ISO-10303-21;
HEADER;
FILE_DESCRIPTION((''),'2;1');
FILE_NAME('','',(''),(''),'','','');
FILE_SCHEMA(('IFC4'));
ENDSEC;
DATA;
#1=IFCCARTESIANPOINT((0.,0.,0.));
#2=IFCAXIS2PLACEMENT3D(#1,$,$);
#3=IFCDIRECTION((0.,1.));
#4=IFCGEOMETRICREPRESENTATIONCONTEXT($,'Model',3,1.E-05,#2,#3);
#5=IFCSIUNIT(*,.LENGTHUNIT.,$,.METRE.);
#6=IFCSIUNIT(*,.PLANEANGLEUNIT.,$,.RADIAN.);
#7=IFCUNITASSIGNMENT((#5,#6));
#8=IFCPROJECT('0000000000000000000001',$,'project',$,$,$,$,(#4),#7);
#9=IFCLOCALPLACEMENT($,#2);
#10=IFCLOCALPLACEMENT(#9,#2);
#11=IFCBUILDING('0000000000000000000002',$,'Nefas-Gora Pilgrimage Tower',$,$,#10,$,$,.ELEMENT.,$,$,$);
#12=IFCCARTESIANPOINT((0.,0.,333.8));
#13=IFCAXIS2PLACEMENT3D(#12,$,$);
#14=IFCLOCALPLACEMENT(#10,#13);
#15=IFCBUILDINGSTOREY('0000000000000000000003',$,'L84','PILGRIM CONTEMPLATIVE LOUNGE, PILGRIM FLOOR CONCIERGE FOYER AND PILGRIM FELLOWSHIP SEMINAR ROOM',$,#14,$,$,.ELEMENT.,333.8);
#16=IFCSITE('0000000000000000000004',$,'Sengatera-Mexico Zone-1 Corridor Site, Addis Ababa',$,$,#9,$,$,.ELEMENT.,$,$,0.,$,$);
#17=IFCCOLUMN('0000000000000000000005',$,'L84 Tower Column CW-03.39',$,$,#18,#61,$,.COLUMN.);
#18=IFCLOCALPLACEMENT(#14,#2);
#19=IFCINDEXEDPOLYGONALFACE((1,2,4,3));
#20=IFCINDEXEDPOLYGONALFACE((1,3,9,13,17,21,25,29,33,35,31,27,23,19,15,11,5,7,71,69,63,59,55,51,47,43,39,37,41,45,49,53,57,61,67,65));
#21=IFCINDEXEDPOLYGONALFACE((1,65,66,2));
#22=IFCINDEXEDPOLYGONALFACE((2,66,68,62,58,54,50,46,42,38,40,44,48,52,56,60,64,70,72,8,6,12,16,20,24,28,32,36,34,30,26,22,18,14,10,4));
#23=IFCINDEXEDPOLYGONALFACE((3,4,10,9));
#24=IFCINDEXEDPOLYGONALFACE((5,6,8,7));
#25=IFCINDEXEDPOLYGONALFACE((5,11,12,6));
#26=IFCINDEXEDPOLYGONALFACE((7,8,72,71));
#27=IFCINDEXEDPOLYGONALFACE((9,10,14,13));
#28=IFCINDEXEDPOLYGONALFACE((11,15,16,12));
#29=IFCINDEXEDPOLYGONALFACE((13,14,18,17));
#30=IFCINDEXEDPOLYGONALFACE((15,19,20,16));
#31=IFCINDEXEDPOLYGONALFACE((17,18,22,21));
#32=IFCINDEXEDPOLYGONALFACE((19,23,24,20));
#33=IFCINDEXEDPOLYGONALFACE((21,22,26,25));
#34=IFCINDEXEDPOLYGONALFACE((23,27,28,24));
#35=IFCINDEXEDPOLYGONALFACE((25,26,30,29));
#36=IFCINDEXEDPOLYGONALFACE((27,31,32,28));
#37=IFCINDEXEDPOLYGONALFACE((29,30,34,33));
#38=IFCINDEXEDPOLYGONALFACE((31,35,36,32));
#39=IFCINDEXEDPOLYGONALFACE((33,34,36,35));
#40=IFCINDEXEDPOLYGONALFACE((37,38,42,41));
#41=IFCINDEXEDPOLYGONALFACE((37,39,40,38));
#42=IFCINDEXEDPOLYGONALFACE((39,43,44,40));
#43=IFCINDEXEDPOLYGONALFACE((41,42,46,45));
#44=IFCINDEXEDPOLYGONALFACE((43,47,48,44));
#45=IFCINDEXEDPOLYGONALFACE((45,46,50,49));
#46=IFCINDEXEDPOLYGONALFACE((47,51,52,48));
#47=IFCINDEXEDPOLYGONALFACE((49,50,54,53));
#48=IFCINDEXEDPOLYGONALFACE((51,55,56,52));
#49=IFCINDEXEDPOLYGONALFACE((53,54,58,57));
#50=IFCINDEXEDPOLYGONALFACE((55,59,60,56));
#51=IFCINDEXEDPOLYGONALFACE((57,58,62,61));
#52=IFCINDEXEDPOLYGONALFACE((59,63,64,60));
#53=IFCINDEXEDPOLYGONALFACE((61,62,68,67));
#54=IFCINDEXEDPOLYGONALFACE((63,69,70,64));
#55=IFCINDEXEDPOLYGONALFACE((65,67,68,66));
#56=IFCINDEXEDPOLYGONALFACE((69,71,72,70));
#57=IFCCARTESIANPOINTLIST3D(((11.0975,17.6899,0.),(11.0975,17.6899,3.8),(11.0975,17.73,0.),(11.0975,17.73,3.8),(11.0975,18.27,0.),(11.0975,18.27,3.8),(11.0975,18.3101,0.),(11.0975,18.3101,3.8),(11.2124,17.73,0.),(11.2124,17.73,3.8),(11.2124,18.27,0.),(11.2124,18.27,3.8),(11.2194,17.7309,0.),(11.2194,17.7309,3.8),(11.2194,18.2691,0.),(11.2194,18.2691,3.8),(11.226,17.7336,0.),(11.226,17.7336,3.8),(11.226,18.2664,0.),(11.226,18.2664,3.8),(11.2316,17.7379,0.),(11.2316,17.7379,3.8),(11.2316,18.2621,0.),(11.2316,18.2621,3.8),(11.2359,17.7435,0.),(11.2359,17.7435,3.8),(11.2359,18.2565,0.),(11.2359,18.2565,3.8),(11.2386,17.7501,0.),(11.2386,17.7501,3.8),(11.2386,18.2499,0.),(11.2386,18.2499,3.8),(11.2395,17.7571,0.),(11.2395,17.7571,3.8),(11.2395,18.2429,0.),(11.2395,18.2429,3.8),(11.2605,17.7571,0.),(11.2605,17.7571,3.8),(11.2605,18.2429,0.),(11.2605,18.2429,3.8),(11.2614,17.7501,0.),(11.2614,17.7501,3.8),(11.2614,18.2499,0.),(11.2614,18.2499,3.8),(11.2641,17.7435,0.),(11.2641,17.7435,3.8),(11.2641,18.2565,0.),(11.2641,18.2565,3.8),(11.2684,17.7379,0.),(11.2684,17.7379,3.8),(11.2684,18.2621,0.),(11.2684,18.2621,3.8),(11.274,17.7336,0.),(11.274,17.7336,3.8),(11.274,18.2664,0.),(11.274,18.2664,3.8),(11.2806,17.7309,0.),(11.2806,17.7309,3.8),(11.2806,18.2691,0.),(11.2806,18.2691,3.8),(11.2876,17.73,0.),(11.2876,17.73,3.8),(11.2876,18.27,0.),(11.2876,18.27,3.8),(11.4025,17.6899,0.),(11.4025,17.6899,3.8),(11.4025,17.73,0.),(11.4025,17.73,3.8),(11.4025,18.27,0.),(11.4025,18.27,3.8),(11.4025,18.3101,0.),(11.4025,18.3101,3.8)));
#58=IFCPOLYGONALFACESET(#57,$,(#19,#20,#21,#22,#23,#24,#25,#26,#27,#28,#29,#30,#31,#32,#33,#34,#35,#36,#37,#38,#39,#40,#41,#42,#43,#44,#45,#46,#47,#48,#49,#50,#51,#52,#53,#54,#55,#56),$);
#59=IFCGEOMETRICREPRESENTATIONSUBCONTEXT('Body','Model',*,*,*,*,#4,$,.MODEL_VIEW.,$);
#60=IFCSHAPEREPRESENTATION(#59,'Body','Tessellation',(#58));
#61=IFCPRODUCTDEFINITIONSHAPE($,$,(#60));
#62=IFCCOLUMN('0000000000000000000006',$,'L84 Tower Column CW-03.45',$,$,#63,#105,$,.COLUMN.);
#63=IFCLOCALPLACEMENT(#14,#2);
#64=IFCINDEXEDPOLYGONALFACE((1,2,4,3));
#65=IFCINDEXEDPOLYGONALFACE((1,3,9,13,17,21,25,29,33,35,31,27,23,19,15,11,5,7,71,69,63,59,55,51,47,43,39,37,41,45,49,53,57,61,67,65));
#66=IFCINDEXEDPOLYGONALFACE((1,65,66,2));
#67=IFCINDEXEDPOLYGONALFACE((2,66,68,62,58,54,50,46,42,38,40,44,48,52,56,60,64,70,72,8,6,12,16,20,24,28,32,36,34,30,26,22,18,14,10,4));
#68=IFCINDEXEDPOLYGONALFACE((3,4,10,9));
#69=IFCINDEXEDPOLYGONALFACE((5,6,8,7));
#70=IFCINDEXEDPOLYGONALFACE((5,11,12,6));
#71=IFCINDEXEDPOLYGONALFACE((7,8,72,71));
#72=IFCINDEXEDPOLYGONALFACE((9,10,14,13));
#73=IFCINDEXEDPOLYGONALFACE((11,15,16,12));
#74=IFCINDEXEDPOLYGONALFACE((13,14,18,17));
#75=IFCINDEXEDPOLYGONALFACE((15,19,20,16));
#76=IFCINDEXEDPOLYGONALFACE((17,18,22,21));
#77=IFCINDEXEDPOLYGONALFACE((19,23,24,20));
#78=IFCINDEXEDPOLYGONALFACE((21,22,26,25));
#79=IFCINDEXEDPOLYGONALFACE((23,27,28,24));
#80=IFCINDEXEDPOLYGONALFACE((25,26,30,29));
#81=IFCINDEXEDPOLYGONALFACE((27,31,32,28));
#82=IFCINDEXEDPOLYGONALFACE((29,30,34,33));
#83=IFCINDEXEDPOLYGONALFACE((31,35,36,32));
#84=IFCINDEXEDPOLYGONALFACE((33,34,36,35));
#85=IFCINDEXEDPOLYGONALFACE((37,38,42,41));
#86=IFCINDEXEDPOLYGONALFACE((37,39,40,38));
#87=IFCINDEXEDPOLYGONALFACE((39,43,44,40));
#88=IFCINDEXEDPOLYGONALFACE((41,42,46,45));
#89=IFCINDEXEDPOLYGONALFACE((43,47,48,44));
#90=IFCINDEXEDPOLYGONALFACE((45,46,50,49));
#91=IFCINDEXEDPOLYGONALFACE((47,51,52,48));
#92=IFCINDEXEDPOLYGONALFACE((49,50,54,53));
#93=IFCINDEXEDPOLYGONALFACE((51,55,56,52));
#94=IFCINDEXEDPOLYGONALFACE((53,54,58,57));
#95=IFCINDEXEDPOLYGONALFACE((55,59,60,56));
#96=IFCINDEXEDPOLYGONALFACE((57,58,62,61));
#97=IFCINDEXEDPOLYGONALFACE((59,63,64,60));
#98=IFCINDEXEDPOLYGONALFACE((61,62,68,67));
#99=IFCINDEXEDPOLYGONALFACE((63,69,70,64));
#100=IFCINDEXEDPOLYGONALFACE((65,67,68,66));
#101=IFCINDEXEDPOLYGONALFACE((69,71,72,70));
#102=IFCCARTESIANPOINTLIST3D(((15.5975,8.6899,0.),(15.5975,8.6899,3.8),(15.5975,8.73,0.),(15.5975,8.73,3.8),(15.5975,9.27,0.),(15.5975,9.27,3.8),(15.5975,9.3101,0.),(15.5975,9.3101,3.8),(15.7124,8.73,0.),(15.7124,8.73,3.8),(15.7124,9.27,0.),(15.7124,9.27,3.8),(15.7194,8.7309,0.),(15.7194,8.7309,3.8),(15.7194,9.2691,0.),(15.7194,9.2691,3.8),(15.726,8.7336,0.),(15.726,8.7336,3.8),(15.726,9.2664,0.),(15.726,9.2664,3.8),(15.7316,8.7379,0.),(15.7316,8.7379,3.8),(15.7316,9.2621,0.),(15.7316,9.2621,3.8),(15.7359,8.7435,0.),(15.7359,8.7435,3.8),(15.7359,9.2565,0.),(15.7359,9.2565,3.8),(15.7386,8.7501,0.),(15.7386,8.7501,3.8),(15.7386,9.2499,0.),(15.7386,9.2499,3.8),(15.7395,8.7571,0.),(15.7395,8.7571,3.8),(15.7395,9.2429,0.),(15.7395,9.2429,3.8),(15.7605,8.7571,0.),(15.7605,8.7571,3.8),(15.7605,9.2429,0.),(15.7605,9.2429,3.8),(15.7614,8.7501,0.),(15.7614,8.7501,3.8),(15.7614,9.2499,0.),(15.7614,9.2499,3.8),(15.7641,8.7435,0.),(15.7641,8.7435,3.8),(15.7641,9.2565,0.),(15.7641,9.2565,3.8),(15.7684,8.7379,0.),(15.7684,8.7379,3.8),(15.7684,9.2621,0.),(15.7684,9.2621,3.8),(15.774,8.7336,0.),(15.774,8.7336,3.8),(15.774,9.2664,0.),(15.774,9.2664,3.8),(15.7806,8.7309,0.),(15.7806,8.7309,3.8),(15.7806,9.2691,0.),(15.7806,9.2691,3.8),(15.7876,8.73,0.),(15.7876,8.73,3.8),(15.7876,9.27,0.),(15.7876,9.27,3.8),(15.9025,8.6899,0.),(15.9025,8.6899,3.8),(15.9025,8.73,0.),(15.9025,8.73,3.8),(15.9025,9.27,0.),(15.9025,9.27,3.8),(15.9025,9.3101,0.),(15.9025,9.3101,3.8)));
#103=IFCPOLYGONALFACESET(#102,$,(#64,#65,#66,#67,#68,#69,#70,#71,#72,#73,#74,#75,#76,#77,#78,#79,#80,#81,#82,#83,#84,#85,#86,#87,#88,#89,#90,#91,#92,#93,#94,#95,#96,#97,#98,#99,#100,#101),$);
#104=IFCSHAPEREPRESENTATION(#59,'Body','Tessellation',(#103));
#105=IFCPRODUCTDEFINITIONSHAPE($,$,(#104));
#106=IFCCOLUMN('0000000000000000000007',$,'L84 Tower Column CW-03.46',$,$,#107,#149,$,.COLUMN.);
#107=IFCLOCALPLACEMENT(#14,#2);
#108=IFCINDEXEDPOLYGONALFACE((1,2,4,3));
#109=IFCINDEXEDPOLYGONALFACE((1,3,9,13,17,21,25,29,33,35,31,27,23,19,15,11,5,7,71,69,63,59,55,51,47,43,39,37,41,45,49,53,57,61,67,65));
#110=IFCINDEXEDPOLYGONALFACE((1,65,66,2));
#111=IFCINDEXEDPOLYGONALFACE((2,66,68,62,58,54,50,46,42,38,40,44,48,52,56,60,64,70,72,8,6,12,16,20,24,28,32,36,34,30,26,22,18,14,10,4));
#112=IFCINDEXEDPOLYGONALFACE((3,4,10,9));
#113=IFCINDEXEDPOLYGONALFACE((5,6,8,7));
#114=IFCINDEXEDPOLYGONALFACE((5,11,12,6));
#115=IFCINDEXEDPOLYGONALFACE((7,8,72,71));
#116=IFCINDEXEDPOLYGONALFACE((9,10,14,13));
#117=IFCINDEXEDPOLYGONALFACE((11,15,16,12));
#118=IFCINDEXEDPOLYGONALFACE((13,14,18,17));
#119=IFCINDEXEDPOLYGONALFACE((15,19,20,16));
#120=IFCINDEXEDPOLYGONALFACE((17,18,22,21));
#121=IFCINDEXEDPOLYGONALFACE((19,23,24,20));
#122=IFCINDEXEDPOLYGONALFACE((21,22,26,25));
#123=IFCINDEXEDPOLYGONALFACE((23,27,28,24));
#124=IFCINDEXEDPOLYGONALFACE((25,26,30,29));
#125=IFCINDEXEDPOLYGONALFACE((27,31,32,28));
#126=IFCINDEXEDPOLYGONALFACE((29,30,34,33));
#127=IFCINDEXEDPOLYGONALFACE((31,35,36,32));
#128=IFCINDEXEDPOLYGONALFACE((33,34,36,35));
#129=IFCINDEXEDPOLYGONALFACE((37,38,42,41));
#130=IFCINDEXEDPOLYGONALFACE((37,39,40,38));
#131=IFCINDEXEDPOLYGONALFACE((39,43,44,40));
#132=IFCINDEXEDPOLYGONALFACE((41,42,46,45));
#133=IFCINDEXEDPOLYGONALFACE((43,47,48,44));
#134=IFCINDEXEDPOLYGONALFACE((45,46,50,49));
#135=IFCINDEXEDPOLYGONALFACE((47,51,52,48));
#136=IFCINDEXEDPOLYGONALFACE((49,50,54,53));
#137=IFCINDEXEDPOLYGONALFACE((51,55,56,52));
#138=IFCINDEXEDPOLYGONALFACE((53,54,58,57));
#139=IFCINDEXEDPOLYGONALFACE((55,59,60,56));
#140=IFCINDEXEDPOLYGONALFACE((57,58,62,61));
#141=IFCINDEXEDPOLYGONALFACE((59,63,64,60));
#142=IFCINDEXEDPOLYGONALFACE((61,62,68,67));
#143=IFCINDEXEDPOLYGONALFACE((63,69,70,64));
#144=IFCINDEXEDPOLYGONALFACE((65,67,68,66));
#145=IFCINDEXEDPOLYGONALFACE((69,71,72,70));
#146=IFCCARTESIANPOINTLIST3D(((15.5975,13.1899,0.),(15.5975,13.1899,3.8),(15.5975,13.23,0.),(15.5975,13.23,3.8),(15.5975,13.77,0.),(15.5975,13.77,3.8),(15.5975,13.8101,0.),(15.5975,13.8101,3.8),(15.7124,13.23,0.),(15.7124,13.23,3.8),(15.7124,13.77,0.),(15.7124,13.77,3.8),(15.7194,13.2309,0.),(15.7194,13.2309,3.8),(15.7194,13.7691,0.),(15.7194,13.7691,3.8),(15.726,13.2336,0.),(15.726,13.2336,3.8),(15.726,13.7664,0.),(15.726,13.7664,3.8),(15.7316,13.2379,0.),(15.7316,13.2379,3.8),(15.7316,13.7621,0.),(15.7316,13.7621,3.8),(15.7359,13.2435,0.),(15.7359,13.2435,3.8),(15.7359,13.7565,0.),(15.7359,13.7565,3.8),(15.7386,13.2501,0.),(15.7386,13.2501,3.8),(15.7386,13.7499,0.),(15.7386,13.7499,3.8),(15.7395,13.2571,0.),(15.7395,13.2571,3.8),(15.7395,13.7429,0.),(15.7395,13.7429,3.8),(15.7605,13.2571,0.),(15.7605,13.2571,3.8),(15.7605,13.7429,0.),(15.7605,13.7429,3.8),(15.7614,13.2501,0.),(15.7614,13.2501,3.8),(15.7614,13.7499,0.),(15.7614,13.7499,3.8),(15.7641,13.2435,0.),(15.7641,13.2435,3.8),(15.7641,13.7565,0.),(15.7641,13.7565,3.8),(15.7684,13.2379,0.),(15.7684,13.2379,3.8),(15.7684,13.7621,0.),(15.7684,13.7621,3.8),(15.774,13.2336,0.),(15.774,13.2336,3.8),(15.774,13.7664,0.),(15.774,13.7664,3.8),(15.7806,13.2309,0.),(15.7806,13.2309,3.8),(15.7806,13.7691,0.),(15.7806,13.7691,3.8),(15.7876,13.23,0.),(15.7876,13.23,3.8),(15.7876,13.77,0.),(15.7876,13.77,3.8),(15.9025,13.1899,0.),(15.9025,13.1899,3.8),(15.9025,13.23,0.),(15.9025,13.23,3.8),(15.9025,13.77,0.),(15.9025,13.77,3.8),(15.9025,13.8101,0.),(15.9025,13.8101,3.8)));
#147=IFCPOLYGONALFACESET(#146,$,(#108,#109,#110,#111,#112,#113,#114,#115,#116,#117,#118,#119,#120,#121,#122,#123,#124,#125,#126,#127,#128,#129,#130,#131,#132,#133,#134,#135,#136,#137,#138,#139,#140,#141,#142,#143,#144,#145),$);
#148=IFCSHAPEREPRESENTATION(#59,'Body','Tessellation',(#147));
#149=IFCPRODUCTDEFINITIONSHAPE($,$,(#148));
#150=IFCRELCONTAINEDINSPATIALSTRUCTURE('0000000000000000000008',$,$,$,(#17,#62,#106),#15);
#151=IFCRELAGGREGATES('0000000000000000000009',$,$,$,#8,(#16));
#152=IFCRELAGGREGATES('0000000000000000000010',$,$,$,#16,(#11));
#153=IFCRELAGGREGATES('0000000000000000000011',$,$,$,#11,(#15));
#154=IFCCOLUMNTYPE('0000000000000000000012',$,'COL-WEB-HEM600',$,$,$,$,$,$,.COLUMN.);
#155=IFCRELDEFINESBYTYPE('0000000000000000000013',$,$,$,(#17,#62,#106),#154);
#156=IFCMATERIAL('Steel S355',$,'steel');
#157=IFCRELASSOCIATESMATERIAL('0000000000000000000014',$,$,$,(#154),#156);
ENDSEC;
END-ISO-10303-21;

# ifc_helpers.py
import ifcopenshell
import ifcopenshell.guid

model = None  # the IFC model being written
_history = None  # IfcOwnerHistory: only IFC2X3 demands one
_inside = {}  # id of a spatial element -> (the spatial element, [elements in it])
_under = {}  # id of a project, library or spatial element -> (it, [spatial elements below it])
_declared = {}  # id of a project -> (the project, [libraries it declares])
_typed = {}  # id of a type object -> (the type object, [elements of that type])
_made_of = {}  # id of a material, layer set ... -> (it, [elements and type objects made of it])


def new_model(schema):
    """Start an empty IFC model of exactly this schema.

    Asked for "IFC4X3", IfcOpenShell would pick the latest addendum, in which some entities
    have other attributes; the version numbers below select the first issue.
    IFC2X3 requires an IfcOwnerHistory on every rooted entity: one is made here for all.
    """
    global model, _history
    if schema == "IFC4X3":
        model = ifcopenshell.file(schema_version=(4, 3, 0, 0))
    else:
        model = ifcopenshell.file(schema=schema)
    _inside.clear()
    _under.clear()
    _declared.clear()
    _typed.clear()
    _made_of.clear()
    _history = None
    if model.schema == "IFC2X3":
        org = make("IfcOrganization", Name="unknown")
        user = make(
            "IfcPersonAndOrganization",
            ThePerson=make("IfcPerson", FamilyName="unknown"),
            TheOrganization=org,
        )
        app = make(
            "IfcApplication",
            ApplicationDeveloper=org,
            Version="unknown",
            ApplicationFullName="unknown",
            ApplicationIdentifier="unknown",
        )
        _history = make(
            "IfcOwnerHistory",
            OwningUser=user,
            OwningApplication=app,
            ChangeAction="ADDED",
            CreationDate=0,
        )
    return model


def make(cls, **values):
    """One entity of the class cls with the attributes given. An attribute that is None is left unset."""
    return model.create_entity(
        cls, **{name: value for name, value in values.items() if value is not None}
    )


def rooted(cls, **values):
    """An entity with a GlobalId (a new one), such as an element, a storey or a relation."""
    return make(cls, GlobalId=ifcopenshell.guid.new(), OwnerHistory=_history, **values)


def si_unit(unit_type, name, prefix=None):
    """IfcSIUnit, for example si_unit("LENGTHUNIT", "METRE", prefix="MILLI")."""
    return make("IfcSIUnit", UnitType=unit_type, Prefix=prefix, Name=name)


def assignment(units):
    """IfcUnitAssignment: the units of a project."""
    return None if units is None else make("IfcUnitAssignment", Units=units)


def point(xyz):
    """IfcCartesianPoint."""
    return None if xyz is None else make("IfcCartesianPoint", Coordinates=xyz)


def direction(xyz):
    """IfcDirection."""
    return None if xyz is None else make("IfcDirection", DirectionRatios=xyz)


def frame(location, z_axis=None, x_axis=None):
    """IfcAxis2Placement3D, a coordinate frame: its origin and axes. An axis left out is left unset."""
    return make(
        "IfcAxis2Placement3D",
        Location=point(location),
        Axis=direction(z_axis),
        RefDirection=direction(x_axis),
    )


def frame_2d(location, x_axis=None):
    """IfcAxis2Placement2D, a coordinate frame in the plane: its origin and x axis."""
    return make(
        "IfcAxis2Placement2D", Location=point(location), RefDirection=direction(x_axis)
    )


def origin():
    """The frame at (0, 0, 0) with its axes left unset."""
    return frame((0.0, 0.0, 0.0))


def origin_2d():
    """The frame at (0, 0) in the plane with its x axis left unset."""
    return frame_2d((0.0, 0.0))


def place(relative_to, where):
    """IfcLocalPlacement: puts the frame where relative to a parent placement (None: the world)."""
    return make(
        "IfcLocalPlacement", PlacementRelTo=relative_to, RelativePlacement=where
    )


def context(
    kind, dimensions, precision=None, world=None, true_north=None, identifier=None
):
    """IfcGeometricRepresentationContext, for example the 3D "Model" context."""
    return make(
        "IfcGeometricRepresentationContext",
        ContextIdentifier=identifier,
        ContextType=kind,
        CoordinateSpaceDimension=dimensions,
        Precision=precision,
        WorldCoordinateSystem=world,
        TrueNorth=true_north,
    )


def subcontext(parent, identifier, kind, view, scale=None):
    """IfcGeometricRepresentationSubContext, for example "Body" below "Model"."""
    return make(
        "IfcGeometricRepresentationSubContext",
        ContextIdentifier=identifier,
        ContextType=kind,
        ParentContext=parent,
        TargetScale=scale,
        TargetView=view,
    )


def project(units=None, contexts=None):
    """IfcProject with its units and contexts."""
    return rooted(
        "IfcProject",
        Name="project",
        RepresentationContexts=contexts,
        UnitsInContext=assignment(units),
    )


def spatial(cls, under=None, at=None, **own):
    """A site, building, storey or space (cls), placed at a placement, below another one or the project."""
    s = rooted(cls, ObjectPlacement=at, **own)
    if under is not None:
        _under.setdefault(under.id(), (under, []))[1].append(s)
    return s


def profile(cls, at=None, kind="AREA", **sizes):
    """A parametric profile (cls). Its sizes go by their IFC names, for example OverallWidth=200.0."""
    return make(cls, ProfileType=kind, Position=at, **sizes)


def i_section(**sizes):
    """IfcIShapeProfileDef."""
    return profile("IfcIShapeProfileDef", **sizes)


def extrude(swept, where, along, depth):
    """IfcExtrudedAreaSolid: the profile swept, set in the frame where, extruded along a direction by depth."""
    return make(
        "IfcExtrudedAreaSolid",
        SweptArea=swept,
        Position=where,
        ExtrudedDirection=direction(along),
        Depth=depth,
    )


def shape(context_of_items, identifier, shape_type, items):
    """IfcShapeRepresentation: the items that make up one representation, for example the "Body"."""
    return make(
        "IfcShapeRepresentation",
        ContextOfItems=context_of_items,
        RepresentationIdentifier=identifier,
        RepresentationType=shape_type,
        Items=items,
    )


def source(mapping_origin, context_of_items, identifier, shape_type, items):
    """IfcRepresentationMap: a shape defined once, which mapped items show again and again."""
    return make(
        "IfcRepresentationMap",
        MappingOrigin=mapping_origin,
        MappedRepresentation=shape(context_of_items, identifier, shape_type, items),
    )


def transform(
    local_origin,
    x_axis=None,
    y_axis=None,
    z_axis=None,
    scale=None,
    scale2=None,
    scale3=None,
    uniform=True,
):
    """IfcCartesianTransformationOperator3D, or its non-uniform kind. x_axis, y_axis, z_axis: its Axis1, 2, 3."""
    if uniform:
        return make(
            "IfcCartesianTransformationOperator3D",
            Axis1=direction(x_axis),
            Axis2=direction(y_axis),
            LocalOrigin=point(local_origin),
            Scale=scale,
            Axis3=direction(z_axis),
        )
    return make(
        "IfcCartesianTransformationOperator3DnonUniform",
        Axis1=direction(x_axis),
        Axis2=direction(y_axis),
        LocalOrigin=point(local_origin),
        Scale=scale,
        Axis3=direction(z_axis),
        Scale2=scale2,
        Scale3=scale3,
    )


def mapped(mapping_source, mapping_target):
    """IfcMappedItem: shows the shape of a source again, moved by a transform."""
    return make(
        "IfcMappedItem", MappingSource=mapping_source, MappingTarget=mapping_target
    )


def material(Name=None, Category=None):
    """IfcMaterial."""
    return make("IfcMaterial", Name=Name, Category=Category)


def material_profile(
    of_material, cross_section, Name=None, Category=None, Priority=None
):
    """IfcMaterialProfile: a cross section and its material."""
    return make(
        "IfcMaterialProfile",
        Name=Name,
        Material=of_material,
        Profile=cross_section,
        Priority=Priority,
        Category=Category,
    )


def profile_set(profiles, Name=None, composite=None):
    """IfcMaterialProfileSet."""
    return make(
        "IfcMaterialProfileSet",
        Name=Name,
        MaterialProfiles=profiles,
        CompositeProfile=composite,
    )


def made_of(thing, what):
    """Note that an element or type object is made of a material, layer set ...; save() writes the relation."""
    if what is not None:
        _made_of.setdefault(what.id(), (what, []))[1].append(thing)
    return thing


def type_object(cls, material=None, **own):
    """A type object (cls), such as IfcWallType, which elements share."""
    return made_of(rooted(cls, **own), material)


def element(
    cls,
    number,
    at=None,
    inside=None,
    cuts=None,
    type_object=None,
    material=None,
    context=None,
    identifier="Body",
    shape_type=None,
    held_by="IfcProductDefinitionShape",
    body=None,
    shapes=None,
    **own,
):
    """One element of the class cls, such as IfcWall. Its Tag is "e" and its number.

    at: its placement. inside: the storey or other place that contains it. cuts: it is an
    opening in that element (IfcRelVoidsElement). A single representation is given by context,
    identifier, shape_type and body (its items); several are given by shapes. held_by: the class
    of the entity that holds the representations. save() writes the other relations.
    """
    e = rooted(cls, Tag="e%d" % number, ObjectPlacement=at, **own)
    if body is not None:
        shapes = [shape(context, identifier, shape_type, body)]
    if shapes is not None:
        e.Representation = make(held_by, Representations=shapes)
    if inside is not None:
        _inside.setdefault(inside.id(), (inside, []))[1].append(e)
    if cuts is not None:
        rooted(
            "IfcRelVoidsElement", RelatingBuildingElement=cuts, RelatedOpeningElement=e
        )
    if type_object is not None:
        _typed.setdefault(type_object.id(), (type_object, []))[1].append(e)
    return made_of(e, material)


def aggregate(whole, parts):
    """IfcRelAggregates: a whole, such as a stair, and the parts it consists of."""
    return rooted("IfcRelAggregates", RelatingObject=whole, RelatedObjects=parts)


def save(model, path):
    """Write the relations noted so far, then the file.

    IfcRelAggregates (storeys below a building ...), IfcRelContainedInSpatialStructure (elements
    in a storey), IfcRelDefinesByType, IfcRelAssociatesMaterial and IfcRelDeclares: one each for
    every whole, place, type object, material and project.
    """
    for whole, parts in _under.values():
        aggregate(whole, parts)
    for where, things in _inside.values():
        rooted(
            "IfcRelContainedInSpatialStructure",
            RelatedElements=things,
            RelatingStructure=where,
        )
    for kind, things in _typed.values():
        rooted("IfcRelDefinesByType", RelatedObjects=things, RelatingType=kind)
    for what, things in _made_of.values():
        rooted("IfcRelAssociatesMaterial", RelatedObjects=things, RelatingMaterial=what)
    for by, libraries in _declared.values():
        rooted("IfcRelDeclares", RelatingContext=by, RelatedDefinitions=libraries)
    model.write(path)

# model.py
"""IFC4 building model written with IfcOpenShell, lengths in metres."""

from ifc_helpers import new_model, si_unit, direction, frame, origin, origin_2d, place, context, subcontext, project, spatial, i_section, extrude, source, transform, mapped, material, material_profile, profile_set, type_object, element, save


model = new_model("IFC4")

# Units and contexts
model_context = context("Model", 3, precision=1e-05, world=origin(), true_north=direction((0.0, 1.0)))
body_context = subcontext(model_context, "Body", "Model", "MODEL_VIEW")
ifc_project = project(units=[si_unit("LENGTHUNIT", "METRE"), si_unit("PLANEANGLEUNIT", "RADIAN")], contexts=[model_context])

# Site, building, storey
site_placement = place(None, origin())
site = spatial("IfcSite", under=ifc_project, at=site_placement, Name="Sengatera-Mexico Zone-1 Corridor Site, Addis Ababa", CompositionType="ELEMENT", RefElevation=0.0)
building_placement = place(site_placement, origin())
building = spatial("IfcBuilding", under=site, at=building_placement, Name="Nefas-Gora Pilgrimage Tower", CompositionType="ELEMENT")
storey_placement = place(building_placement, frame((0.0, 0.0, 333.8)))
storey = spatial("IfcBuildingStorey", under=building, at=storey_placement, Name="L84", Description="PILGRIM CONTEMPLATIVE LOUNGE, PILGRIM FLOOR CONCIERGE FOYER AND PILGRIM FELLOWSHIP SEMINAR ROOM", CompositionType="ELEMENT", Elevation=333.8)

# Columns
ifc_material_1 = material(Name="Steel S355", Category="steel")
ifc_material_profile_1 = material_profile(ifc_material_1, i_section(OverallWidth=0.3049, OverallDepth=0.6201, WebThickness=0.021, FlangeThickness=0.04, FilletRadius=0.0271, at=origin_2d()), Name="HEM 600")
ifc_profile_set_1 = profile_set([ifc_material_profile_1], Name="Steel S355")
column_type_1 = type_object("IfcColumnType", Name="COL-WEB-HEM600", PredefinedType="COLUMN", material=ifc_profile_set_1)
shared_shape_1 = source(origin(), body_context, "Body", "SweptSolid", [
    extrude(i_section(OverallWidth=0.3049, OverallDepth=0.6201, WebThickness=0.021, FlangeThickness=0.04, FilletRadius=0.0271, at=origin_2d()), origin(), (0.0, 0.0, 1.0), 3.8),
])
for number, where, z_axis, x_axis, name in (
    (1, (11.25, 18.0, 0.0), (0.0, 0.0, 1.0), (1.0, 0.0, 0.0), "L84 Tower Column CW-03.39"),
    (2, (15.75, 9.0, 0.0), (0.0, 0.0, 1.0), (1.0, 0.0, 0.0), "L84 Tower Column CW-03.45"),
    (3, (15.75, 13.5, 0.0), (0.0, 0.0, 1.0), (1.0, 0.0, 0.0), "L84 Tower Column CW-03.46"),
):
    element("IfcColumn", number, at=place(storey_placement, frame(where, z_axis=z_axis, x_axis=x_axis)), inside=storey, type_object=column_type_1, Name=name, PredefinedType="COLUMN", context=body_context, shape_type="MappedRepresentation", body=[
        mapped(shared_shape_1, transform((0.0, 0.0, 0.0), x_axis=(1.0, 0.0, 0.0), y_axis=(0.0, 1.0, 0.0), z_axis=(0.0, 0.0, 1.0), scale=1.0)),
    ])

save(model, "model.ifc")
